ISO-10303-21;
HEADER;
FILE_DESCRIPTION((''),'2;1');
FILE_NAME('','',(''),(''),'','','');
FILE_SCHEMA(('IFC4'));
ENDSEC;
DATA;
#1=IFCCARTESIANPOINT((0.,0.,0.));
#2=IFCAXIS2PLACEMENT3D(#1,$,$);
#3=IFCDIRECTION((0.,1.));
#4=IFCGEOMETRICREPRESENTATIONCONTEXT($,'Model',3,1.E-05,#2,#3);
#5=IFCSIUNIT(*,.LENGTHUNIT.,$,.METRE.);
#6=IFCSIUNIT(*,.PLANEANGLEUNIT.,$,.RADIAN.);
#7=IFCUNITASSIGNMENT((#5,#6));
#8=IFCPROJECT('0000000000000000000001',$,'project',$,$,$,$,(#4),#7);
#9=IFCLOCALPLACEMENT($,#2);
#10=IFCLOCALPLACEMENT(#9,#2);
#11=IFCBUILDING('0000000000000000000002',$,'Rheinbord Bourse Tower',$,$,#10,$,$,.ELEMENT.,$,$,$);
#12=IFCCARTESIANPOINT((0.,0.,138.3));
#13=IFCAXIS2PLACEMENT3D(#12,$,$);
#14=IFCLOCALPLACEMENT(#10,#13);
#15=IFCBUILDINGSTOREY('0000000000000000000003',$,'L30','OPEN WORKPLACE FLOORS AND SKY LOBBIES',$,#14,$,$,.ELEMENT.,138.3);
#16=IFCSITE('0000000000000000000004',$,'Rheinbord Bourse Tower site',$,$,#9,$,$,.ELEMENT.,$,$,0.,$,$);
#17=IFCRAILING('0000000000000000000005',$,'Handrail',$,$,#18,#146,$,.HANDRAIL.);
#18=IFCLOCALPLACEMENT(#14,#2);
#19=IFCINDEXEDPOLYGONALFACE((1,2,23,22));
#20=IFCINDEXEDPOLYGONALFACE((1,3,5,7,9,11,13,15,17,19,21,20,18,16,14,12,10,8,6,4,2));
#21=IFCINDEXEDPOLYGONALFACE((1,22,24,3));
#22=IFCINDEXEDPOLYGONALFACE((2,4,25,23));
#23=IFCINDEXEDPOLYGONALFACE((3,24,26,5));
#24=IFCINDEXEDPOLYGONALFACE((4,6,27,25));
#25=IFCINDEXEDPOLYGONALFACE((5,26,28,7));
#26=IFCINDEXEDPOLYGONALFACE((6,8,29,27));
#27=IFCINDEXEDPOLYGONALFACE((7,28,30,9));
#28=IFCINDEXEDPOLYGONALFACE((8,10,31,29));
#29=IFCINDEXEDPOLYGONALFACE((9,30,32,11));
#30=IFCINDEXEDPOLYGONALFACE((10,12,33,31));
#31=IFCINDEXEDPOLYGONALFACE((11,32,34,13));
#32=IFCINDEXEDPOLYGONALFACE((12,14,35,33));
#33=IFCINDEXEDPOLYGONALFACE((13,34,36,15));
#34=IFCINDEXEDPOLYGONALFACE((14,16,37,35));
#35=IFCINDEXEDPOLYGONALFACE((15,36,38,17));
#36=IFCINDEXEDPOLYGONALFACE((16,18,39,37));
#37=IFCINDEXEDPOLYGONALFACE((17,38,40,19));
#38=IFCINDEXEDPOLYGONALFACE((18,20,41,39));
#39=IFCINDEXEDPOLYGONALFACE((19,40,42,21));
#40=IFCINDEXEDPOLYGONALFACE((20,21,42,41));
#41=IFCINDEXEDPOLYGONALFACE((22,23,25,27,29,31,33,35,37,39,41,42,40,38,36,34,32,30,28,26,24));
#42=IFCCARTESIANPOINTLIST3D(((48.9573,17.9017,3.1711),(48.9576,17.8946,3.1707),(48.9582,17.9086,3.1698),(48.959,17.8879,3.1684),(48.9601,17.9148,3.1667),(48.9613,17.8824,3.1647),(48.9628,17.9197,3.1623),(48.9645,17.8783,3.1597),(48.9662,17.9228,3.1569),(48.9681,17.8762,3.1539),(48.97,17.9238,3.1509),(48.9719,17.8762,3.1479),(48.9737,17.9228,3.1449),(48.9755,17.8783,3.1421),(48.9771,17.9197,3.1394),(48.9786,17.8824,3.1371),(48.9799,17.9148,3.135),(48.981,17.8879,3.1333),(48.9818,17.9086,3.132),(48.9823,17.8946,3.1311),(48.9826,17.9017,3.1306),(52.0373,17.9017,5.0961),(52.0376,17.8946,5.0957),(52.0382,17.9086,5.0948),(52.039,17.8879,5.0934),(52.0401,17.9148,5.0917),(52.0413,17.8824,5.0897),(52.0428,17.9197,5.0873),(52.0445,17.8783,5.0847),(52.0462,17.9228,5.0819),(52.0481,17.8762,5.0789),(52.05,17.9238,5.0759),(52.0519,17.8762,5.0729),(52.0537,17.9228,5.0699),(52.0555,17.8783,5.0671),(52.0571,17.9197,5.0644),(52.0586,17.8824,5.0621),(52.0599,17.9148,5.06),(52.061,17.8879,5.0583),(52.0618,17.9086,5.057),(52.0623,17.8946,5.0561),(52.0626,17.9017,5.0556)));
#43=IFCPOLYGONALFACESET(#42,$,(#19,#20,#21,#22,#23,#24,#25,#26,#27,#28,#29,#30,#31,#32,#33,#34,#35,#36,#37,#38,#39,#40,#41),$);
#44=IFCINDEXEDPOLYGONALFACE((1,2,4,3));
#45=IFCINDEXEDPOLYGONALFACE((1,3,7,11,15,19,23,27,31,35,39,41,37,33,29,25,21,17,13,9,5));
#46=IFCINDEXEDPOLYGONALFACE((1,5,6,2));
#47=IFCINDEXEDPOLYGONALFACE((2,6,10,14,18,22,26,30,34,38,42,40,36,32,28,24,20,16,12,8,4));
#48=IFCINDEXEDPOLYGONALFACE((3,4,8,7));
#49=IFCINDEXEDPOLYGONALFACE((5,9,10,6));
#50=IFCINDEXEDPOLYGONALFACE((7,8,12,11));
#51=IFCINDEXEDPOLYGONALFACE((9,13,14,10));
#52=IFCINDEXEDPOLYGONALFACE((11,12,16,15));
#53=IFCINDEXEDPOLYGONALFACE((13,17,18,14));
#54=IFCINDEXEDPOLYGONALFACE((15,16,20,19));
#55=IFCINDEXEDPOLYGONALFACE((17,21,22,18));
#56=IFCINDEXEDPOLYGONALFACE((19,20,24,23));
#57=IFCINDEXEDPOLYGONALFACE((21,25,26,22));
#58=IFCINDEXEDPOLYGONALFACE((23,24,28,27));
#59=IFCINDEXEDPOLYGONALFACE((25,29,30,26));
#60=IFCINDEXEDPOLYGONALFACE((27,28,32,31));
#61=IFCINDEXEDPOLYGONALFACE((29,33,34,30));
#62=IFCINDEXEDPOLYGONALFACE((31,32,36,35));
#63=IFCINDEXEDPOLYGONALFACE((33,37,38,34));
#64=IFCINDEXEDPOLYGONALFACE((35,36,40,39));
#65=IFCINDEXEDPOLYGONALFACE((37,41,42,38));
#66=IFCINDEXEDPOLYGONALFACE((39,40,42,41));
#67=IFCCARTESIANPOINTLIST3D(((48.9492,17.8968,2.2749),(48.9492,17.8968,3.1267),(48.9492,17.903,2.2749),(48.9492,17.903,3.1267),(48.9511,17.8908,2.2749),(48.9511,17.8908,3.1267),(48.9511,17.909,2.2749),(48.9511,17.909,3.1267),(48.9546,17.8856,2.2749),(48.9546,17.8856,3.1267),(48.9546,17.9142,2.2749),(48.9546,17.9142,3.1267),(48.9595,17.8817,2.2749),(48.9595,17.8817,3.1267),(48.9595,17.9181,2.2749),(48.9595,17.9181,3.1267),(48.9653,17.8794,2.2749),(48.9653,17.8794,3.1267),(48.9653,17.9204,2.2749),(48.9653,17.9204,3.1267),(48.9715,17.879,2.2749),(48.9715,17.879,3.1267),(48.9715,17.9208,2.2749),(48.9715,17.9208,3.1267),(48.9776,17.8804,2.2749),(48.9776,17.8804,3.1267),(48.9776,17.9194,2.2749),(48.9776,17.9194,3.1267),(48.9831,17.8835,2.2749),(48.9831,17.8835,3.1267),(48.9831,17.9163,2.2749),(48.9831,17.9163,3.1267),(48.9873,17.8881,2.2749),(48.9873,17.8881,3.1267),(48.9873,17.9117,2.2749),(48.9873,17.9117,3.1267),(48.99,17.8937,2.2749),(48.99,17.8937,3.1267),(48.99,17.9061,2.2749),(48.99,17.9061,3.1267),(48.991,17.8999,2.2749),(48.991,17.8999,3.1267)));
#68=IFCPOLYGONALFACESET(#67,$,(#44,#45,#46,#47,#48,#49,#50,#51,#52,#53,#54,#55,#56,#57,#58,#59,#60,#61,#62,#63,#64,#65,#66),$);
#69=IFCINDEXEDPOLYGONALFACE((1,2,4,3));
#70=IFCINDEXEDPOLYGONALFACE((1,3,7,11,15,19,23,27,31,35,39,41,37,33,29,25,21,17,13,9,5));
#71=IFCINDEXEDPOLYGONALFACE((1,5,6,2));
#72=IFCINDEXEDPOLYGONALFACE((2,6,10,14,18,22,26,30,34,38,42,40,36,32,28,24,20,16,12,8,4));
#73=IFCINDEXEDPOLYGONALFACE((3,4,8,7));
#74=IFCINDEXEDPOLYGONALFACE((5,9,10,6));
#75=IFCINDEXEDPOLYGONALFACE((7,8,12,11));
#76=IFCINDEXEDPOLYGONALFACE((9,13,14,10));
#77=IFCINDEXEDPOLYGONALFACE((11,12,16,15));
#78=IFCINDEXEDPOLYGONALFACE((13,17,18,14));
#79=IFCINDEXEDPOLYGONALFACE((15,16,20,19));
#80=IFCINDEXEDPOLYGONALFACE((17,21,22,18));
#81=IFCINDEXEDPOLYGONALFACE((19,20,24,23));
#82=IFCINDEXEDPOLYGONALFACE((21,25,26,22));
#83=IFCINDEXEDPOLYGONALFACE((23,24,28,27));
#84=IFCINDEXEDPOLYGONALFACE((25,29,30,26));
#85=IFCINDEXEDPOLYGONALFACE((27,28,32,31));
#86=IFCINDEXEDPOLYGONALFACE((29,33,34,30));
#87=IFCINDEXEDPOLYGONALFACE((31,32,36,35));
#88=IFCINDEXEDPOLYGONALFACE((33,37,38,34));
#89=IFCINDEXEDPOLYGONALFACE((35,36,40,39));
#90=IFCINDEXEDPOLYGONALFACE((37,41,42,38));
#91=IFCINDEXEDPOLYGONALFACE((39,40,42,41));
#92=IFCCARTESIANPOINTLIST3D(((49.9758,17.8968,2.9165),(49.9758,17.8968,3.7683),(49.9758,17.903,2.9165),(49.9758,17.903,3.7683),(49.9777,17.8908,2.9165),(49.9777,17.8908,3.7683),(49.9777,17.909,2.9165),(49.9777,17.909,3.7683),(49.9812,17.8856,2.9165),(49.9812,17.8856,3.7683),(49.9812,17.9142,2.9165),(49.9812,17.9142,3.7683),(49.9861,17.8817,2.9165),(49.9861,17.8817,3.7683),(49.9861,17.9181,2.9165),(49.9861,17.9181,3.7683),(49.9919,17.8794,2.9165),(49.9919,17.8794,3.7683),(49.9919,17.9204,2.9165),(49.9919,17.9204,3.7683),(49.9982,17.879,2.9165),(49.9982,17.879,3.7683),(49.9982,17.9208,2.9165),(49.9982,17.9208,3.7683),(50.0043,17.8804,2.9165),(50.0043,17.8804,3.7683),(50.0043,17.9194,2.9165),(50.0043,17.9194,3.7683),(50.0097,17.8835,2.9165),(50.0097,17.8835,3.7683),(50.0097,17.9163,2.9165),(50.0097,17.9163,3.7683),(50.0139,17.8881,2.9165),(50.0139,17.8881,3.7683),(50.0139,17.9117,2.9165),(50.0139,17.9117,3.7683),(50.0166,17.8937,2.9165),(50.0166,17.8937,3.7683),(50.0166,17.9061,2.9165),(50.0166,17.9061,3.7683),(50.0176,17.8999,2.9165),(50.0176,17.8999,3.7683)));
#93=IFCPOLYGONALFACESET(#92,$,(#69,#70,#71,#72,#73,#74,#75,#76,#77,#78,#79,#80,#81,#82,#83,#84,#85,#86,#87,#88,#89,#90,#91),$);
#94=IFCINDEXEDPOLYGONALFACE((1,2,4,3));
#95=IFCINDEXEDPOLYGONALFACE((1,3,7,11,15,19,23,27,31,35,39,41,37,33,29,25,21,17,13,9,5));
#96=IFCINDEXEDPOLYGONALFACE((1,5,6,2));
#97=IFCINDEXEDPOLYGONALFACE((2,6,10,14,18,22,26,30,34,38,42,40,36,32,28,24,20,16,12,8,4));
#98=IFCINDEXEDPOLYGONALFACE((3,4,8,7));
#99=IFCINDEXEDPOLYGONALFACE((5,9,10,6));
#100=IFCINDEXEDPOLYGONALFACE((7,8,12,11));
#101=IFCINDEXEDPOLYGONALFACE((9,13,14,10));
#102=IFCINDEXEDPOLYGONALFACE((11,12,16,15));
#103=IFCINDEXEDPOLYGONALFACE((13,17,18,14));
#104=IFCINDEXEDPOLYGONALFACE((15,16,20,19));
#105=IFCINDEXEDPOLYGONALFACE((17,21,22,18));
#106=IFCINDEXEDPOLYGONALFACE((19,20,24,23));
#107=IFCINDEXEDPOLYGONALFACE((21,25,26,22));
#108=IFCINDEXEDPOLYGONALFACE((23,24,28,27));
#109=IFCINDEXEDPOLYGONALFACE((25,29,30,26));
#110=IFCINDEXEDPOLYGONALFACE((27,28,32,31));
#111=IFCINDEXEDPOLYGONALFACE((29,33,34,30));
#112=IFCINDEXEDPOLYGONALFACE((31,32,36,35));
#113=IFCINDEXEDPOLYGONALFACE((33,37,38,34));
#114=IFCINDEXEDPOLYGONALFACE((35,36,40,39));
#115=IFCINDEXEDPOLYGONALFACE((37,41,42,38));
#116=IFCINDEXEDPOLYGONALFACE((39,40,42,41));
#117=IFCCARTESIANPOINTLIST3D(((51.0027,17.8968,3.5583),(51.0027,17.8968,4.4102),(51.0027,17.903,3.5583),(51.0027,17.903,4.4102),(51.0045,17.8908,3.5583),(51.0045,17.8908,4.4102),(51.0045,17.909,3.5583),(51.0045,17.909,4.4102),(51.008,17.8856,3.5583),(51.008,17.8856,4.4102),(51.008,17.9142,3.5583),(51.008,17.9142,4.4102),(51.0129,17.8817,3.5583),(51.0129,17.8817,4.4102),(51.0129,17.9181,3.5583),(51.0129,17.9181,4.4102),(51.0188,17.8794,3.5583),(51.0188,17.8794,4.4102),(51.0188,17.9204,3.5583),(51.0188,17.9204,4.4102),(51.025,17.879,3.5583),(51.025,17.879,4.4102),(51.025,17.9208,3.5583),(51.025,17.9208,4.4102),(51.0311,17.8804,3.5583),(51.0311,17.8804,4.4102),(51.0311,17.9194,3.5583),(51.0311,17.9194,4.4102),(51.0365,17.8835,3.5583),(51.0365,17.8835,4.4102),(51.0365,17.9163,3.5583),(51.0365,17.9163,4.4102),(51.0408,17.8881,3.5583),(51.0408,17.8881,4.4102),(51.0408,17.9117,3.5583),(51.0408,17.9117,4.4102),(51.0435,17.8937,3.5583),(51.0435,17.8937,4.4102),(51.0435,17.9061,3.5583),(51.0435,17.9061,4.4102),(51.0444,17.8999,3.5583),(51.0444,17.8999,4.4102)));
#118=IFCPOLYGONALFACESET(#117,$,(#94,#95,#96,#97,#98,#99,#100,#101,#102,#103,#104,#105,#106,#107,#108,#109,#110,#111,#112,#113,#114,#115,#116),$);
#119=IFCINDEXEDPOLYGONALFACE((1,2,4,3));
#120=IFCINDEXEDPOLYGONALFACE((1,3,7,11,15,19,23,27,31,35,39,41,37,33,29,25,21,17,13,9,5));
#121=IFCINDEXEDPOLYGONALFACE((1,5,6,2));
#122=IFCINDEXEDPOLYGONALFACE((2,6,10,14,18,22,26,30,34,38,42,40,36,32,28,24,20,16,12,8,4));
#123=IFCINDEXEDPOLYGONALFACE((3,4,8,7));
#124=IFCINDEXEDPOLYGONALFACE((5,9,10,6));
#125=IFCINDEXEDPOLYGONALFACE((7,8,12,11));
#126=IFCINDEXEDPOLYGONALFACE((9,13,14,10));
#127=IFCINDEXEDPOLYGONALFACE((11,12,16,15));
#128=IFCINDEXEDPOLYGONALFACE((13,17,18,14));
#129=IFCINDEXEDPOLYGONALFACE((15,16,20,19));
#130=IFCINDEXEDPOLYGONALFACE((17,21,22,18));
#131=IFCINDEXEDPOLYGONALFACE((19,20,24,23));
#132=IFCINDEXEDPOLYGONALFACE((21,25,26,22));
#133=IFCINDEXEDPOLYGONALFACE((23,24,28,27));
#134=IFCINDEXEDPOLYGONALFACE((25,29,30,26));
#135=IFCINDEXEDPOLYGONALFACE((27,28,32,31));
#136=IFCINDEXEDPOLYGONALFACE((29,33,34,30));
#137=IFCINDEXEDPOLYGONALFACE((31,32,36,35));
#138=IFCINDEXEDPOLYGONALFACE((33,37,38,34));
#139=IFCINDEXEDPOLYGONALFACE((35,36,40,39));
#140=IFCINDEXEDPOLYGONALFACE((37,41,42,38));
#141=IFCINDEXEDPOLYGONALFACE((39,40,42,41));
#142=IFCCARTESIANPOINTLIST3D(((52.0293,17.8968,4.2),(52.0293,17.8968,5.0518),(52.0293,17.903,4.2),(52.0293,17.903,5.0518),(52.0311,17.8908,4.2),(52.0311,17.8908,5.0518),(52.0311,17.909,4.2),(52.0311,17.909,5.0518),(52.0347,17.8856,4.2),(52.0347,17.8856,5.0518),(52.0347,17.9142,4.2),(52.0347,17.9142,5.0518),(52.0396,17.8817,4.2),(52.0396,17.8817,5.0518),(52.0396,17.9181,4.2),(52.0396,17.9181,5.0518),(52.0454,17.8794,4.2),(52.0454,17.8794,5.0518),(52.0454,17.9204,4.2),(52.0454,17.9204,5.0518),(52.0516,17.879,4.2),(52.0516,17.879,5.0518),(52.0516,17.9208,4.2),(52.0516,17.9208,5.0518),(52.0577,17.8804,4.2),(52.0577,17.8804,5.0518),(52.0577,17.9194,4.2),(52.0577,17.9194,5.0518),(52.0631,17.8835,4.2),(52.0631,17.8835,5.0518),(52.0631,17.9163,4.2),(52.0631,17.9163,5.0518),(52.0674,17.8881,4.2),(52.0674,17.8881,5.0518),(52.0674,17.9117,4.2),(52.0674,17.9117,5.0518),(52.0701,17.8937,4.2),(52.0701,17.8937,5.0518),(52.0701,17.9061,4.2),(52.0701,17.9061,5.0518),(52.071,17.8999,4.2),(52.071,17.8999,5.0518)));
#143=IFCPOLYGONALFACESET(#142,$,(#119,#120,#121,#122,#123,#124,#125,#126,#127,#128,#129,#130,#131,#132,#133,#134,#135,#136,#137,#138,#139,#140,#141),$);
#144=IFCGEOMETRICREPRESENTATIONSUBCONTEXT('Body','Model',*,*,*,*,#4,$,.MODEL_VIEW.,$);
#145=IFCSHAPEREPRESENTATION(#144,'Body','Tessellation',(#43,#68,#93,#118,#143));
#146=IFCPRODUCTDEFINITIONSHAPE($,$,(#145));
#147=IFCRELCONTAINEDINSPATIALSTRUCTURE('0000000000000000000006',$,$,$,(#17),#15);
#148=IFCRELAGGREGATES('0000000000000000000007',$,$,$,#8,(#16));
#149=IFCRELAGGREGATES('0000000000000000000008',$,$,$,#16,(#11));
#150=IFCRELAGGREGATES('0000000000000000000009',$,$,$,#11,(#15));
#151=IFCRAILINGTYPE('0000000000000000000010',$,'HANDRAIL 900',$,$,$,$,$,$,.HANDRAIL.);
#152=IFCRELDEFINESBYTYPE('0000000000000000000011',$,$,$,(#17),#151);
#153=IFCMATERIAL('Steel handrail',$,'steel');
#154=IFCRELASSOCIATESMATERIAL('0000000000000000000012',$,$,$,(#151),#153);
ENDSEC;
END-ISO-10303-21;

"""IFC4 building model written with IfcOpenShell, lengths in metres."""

from ifc_helpers import new_model, si_unit, direction, frame, origin, origin_2d, place, context, subcontext, project, spatial, circle, extrude, material, type_object, element, save


model = new_model("IFC4")

# Units and contexts
model_context = context("Model", 3, precision=1e-05, world=origin(), true_north=direction((0.0, 1.0)))
body_context = subcontext(model_context, "Body", "Model", "MODEL_VIEW")
ifc_project = project(units=[si_unit("LENGTHUNIT", "METRE"), si_unit("PLANEANGLEUNIT", "RADIAN")], contexts=[model_context])

# Site, building, storey
site_placement = place(None, origin())
site = spatial("IfcSite", under=ifc_project, at=site_placement, Name="Rheinbord Bourse Tower site", CompositionType="ELEMENT", RefElevation=0.0)
building_placement = place(site_placement, origin())
building = spatial("IfcBuilding", under=site, at=building_placement, Name="Rheinbord Bourse Tower", CompositionType="ELEMENT")
storey_placement = place(building_placement, frame((0.0, 0.0, 138.3)))
storey = spatial("IfcBuildingStorey", under=building, at=storey_placement, Name="L30", Description="OPEN WORKPLACE FLOORS AND SKY LOBBIES", CompositionType="ELEMENT", Elevation=138.3)

# Railing
ifc_material_1 = material(Name="Steel handrail", Category="steel")
railing_type = type_object("IfcRailingType", Name="HANDRAIL 900", PredefinedType="HANDRAIL", material=ifc_material_1)
railing_1_placement = place(storey_placement, frame((48.97, 17.8999, 2.2749)))
element("IfcRailing", 1, at=railing_1_placement, inside=storey, type_object=railing_type, Name="Handrail", PredefinedType="HANDRAIL", context=body_context, shape_type="SweptSolid", body=[
    extrude(circle(Radius=0.0239, at=origin_2d()), frame((0.0, 0.0, 0.876), z_axis=(0.847998, 0.0, 0.529999), x_axis=(0.0, 1.0, 0.0)), (0.0, 0.0, 1.0), 3.6321),
    extrude(circle(Radius=0.021, at=origin_2d()), origin(), (0.0, 0.0, 1.0), 0.8518),
    extrude(circle(Radius=0.021, at=origin_2d()), frame((1.0266, 0.0, 0.6416)), (0.0, 0.0, 1.0), 0.8518),
    extrude(circle(Radius=0.021, at=origin_2d()), frame((2.0535, 0.0, 1.2834)), (0.0, 0.0, 1.0), 0.8518),
    extrude(circle(Radius=0.021, at=origin_2d()), frame((3.0801, 0.0, 1.925)), (0.0, 0.0, 1.0), 0.8518),
])

save(model, "model.ifc")
